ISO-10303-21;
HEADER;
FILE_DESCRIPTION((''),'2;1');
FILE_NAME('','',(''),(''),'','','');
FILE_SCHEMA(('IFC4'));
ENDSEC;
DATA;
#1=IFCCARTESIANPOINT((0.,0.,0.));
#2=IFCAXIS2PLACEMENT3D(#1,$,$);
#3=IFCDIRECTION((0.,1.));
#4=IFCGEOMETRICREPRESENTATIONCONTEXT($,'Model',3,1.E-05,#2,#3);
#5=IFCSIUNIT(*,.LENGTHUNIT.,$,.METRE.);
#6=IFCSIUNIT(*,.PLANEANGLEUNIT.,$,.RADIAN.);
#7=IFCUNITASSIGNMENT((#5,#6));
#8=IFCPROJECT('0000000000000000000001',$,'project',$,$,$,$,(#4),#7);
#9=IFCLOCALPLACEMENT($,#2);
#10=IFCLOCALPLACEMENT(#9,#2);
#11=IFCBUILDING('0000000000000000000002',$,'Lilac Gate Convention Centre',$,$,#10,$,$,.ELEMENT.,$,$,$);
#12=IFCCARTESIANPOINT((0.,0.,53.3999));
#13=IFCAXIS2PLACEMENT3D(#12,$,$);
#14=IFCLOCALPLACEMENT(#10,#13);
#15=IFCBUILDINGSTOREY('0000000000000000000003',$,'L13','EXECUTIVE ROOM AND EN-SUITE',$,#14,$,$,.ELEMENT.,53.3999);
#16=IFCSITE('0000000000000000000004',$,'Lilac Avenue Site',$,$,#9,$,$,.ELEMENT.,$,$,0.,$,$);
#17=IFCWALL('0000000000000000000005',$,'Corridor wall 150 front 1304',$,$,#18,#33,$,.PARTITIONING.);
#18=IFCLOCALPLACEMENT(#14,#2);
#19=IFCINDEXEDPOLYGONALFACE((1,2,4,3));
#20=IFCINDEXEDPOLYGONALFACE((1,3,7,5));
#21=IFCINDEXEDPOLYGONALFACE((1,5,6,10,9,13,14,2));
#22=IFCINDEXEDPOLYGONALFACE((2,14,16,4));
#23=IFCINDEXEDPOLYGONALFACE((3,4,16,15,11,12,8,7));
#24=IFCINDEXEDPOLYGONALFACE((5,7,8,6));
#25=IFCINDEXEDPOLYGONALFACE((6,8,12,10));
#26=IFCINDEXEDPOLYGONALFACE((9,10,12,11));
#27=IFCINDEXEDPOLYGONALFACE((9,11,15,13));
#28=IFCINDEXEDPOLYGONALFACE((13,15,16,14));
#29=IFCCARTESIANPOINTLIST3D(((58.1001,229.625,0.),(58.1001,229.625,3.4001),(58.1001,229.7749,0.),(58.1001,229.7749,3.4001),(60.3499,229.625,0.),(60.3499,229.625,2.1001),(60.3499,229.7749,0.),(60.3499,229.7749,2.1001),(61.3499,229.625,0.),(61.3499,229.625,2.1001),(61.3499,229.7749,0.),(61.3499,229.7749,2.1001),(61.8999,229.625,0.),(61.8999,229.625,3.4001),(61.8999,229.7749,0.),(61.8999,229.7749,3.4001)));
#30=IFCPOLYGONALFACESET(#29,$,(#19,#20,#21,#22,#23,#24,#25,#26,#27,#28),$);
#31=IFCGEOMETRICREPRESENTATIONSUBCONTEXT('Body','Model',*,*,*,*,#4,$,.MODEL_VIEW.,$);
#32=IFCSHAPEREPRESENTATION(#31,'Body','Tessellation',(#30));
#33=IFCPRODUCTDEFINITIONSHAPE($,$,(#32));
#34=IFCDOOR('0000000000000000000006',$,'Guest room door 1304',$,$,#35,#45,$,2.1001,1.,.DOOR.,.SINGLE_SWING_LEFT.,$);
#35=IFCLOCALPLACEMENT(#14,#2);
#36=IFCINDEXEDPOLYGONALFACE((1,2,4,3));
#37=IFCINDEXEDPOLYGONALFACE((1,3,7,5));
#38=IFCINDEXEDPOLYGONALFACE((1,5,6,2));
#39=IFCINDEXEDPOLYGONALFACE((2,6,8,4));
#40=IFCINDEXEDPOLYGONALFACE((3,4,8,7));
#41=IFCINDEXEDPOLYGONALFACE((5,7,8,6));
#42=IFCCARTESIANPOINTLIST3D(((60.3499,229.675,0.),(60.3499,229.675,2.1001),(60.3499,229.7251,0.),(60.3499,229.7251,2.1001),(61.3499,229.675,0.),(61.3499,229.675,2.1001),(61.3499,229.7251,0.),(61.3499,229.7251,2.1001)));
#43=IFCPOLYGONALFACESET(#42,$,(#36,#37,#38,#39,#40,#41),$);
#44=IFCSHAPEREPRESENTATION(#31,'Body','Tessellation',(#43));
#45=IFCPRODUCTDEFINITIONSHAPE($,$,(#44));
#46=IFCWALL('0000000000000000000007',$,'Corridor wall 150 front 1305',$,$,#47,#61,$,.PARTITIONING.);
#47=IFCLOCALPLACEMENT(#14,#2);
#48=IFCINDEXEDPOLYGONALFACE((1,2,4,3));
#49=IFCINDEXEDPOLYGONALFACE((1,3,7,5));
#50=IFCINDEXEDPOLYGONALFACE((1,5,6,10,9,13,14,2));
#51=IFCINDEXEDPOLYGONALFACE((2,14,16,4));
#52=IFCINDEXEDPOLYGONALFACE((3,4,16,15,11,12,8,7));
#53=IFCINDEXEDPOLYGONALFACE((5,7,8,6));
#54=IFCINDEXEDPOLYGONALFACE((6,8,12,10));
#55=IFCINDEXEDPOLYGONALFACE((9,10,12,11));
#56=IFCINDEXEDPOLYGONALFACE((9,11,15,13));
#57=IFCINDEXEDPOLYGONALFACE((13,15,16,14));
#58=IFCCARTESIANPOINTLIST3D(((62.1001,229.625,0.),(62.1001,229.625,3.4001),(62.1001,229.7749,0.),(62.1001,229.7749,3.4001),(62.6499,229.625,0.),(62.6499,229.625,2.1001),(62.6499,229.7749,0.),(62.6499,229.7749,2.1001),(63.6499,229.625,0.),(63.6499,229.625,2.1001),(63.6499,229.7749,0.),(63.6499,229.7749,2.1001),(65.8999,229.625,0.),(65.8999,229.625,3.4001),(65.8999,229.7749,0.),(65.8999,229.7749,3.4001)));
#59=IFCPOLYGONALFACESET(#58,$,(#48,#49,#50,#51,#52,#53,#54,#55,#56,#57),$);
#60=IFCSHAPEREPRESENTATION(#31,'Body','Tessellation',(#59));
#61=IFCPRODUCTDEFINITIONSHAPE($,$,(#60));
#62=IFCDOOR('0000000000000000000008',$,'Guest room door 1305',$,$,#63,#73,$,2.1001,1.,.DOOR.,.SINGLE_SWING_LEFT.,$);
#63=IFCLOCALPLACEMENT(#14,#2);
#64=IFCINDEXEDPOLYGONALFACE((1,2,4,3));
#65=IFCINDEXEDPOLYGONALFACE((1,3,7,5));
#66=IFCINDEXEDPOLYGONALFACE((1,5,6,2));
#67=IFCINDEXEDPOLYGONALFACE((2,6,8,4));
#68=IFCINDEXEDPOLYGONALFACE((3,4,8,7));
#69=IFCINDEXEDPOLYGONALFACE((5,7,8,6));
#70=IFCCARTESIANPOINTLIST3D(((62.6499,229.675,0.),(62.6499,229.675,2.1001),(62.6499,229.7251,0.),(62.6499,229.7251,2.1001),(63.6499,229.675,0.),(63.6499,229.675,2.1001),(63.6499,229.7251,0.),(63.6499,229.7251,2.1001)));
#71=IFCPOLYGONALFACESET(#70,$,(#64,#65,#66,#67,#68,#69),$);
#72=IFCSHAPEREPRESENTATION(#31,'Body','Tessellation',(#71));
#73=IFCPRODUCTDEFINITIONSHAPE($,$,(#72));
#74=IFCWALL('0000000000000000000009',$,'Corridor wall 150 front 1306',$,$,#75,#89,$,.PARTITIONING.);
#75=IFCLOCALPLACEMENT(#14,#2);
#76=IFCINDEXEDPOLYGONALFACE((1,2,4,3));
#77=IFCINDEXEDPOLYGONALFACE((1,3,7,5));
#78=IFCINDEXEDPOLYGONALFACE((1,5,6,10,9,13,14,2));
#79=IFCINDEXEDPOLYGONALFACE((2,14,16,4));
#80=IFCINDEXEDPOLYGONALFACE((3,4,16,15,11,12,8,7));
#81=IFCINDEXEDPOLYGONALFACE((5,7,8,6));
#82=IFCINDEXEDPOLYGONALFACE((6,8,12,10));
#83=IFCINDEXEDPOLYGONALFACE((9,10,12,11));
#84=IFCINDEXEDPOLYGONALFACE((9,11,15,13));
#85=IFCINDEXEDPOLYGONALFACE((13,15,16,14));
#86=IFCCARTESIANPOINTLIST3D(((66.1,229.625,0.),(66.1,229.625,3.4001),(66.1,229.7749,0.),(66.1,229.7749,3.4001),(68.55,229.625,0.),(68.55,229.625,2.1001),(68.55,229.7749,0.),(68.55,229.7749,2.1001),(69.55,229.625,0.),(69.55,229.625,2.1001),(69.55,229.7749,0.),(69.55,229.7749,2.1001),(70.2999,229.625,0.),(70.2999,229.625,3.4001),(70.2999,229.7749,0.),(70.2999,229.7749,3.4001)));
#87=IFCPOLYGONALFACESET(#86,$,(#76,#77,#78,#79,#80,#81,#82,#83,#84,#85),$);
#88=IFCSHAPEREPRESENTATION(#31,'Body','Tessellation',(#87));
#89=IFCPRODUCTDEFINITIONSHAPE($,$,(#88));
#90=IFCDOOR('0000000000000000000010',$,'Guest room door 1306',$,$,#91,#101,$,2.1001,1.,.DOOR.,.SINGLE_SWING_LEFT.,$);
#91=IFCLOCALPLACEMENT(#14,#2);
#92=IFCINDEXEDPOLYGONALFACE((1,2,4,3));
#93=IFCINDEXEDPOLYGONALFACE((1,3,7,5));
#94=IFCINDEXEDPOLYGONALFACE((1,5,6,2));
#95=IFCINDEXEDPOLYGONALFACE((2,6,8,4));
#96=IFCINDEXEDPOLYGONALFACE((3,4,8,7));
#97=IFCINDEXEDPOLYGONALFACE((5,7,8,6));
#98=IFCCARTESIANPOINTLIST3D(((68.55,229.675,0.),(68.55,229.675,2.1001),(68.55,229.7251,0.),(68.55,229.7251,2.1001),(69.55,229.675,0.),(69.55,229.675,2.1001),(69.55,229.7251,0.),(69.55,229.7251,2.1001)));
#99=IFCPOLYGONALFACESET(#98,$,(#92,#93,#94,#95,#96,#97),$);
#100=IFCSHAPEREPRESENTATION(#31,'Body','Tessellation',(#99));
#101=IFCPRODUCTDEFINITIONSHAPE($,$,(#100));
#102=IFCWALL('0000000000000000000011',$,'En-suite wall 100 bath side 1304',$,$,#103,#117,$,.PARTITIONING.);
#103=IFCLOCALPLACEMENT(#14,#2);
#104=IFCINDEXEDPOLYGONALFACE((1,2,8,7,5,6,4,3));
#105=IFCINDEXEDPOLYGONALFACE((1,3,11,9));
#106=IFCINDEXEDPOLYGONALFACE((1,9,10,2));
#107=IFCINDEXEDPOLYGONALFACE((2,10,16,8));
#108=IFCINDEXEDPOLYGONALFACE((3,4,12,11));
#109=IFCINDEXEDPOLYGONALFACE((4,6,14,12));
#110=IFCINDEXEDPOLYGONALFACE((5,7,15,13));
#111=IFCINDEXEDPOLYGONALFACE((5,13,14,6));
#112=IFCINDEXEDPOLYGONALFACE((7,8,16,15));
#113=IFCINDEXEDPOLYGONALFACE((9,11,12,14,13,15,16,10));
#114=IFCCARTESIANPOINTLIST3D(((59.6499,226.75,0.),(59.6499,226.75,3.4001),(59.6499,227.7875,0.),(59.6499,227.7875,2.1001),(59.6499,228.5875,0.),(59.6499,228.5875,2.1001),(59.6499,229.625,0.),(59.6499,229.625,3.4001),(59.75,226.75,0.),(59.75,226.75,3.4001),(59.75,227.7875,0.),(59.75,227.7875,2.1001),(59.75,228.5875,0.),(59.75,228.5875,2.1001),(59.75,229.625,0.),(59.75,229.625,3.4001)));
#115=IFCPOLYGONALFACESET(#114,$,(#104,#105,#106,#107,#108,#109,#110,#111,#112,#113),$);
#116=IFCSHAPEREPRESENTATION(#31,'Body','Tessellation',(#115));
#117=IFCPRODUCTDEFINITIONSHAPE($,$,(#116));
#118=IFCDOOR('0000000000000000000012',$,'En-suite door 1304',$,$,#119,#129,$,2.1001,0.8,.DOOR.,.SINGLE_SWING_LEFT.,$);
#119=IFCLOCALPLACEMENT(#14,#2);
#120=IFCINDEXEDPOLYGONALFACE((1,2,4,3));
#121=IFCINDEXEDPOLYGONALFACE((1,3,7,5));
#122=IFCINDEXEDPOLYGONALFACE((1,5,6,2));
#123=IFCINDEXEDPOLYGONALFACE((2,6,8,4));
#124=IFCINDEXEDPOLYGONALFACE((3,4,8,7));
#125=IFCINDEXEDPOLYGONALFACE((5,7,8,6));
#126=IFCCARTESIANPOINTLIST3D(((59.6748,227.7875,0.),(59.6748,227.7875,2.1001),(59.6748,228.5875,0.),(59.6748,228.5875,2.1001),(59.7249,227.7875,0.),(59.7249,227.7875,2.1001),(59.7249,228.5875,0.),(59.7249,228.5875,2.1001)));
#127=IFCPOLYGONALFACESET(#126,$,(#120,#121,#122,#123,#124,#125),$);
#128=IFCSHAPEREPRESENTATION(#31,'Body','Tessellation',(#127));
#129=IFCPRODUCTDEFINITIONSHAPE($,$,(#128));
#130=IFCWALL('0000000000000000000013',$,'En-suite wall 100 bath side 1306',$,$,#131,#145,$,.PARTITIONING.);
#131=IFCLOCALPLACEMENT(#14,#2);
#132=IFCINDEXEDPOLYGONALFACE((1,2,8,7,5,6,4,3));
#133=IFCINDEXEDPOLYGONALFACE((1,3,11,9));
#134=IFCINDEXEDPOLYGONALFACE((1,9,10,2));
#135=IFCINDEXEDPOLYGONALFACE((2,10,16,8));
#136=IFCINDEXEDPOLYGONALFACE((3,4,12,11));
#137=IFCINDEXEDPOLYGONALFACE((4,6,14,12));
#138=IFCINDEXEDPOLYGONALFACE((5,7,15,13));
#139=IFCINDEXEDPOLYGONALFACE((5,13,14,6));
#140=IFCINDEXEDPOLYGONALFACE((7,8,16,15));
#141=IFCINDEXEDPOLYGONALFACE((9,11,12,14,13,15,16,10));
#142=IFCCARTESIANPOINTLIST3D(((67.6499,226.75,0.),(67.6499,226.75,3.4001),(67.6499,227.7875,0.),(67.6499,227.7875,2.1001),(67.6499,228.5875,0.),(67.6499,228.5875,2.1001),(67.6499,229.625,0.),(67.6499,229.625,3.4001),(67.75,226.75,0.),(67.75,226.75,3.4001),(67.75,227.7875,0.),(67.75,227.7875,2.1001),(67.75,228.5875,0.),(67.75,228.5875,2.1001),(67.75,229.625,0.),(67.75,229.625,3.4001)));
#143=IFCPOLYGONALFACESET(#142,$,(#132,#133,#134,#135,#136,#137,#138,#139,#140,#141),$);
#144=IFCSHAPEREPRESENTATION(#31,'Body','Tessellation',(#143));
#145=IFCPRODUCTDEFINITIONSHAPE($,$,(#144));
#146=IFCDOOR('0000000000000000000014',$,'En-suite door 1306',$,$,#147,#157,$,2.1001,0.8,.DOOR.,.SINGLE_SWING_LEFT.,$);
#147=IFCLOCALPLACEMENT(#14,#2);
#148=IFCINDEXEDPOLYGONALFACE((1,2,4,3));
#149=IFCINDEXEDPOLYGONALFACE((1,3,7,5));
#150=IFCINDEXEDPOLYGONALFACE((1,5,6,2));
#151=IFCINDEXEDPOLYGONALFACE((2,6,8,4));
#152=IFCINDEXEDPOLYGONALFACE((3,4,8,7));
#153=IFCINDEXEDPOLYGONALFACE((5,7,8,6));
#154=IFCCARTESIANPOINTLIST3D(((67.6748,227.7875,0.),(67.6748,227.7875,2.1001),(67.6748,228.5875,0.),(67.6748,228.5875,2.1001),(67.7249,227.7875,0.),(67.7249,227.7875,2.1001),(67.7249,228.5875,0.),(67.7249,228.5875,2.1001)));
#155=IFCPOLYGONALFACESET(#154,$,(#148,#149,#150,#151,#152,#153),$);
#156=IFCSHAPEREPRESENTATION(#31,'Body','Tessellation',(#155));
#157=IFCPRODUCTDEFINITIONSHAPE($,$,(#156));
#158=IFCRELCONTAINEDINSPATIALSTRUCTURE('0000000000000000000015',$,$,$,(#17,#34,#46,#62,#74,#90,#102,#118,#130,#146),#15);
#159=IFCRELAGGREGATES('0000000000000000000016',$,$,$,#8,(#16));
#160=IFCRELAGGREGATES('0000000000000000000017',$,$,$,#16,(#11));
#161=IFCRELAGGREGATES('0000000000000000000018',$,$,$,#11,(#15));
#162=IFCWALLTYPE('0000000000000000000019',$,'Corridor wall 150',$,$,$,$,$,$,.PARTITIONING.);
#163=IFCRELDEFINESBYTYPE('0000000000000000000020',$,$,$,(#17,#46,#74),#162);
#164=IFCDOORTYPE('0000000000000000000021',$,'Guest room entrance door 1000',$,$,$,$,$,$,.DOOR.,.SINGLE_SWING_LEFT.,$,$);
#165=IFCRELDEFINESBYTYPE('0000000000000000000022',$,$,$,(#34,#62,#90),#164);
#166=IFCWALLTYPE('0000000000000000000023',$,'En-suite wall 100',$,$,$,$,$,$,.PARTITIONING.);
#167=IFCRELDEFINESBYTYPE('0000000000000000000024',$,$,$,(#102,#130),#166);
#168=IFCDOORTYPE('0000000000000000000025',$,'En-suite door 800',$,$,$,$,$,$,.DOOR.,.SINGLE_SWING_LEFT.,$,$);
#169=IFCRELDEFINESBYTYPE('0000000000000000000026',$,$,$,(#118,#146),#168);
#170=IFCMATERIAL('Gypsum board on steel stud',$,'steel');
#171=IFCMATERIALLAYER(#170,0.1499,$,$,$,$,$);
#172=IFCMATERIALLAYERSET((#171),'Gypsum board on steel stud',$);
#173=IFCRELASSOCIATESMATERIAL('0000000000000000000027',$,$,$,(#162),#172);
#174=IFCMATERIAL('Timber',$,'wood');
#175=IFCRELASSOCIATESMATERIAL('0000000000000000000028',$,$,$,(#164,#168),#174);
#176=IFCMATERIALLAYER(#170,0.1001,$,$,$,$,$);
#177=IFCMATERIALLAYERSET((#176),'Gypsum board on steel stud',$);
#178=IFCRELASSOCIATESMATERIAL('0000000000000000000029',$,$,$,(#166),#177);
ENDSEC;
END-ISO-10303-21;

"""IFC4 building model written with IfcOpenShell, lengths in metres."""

from ifc_helpers import new_model, si_unit, direction, frame, frame_2d, origin, place, context, subcontext, project, spatial, rectangle, extrude, material, layer, layer_set, type_object, element, fill, save


model = new_model("IFC4")

# Units and contexts
model_context = context("Model", 3, precision=1e-05, world=origin(), true_north=direction((0.0, 1.0)))
body_context = subcontext(model_context, "Body", "Model", "MODEL_VIEW")
ifc_project = project(units=[si_unit("LENGTHUNIT", "METRE"), si_unit("PLANEANGLEUNIT", "RADIAN")], contexts=[model_context])

# Site, building, storey
site_placement = place(None, origin())
site = spatial("IfcSite", under=ifc_project, at=site_placement, Name="Lilac Avenue Site", CompositionType="ELEMENT", RefElevation=0.0)
building_placement = place(site_placement, origin())
building = spatial("IfcBuilding", under=site, at=building_placement, Name="Lilac Gate Convention Centre", CompositionType="ELEMENT")
storey_placement = place(building_placement, frame((0.0, 0.0, 53.3999)))
storey = spatial("IfcBuildingStorey", under=building, at=storey_placement, Name="L13", Description="EXECUTIVE ROOM AND EN-SUITE", CompositionType="ELEMENT", Elevation=53.3999)

# Walls, openings, doors
ifc_material_1 = material(Name="Gypsum board on steel stud", Category="steel")
ifc_layer_1 = layer(ifc_material_1, 0.1499)
ifc_layer_set_1 = layer_set([ifc_layer_1], Name="Gypsum board on steel stud")
wall_type_1 = type_object("IfcWallType", Name="Corridor wall 150", PredefinedType="PARTITIONING", material=ifc_layer_set_1)
ifc_material_2 = material(Name="Timber", Category="wood")
door_type_1 = type_object("IfcDoorType", Name="Guest room entrance door 1000", OperationType="SINGLE_SWING_LEFT", PredefinedType="DOOR", material=ifc_material_2)
wall_1_placement = place(storey_placement, frame((61.8999, 229.7, 0.0), z_axis=(0.0, 0.0, 1.0), x_axis=(-1.0, 0.0, 0.0)))
wall_1 = element("IfcWall", 1, at=wall_1_placement, inside=storey, type_object=wall_type_1, Name="Corridor wall 150 front 1304", PredefinedType="PARTITIONING", context=body_context, shape_type="SweptSolid", body=[
    extrude(rectangle(XDim=3.7998, YDim=0.1499, at=frame_2d((1.8999, 0.0))), origin(), (0.0, 0.0, 1.0), 3.4001),
])
opening_1_placement = place(wall_1_placement, frame((0.55, 0.0, 0.0)))
opening_1 = element("IfcOpeningElement", 2, at=opening_1_placement, cuts=wall_1, PredefinedType="OPENING", context=body_context, shape_type="SweptSolid", body=[
    extrude(rectangle(XDim=1.0, YDim=2.1001, at=frame_2d((0.5, 1.05))), frame((0.0, 0.085, 0.0), z_axis=(0.0, -1.0, 0.0), x_axis=(1.0, 0.0, 0.0)), (0.0, 0.0, 1.0), 0.1699),
])
door_1_placement = place(opening_1_placement, origin())
door_1 = element("IfcDoor", 3, at=door_1_placement, inside=storey, type_object=door_type_1, Name="Guest room door 1304", OperationType="SINGLE_SWING_LEFT", OverallHeight=2.1001, OverallWidth=1.0, PredefinedType="DOOR", context=body_context, shape_type="SweptSolid", body=[
    extrude(rectangle(XDim=1.0, YDim=2.1001, at=frame_2d((0.5, 1.05))), frame((0.0, 0.0249, 0.0), z_axis=(0.0, -1.0, 0.0), x_axis=(1.0, 0.0, 0.0)), (0.0, 0.0, 1.0), 0.05),
])
fill(opening_1, door_1)
wall_2_placement = place(storey_placement, frame((65.8999, 229.7, 0.0), z_axis=(0.0, 0.0, 1.0), x_axis=(-1.0, 0.0, 0.0)))
wall_2 = element("IfcWall", 4, at=wall_2_placement, inside=storey, type_object=wall_type_1, Name="Corridor wall 150 front 1305", PredefinedType="PARTITIONING", context=body_context, shape_type="SweptSolid", body=[
    extrude(rectangle(XDim=3.7998, YDim=0.1499, at=frame_2d((1.8999, 0.0))), origin(), (0.0, 0.0, 1.0), 3.4001),
])
opening_2_placement = place(wall_2_placement, frame((2.25, 0.0, 0.0)))
opening_2 = element("IfcOpeningElement", 5, at=opening_2_placement, cuts=wall_2, PredefinedType="OPENING", context=body_context, shape_type="SweptSolid", body=[
    extrude(rectangle(XDim=1.0, YDim=2.1001, at=frame_2d((0.5, 1.05))), frame((0.0, 0.085, 0.0), z_axis=(0.0, -1.0, 0.0), x_axis=(1.0, 0.0, 0.0)), (0.0, 0.0, 1.0), 0.1699),
])
door_2_placement = place(opening_2_placement, origin())
door_2 = element("IfcDoor", 6, at=door_2_placement, inside=storey, type_object=door_type_1, Name="Guest room door 1305", OperationType="SINGLE_SWING_LEFT", OverallHeight=2.1001, OverallWidth=1.0, PredefinedType="DOOR", context=body_context, shape_type="SweptSolid", body=[
    extrude(rectangle(XDim=1.0, YDim=2.1001, at=frame_2d((0.5, 1.05))), frame((0.0, 0.0249, 0.0), z_axis=(0.0, -1.0, 0.0), x_axis=(1.0, 0.0, 0.0)), (0.0, 0.0, 1.0), 0.05),
])
fill(opening_2, door_2)
wall_3_placement = place(storey_placement, frame((70.3, 229.7, 0.0), z_axis=(0.0, 0.0, 1.0), x_axis=(-1.0, 0.0, 0.0)))
wall_3 = element("IfcWall", 7, at=wall_3_placement, inside=storey, type_object=wall_type_1, Name="Corridor wall 150 front 1306", PredefinedType="PARTITIONING", context=body_context, shape_type="SweptSolid", body=[
    extrude(rectangle(XDim=4.2, YDim=0.1499, at=frame_2d((2.1001, 0.0))), origin(), (0.0, 0.0, 1.0), 3.4001),
])
opening_3_placement = place(wall_3_placement, frame((0.75, 0.0, 0.0)))
opening_3 = element("IfcOpeningElement", 8, at=opening_3_placement, cuts=wall_3, PredefinedType="OPENING", context=body_context, shape_type="SweptSolid", body=[
    extrude(rectangle(XDim=1.0, YDim=2.1001, at=frame_2d((0.5, 1.05))), frame((0.0, 0.085, 0.0), z_axis=(0.0, -1.0, 0.0), x_axis=(1.0, 0.0, 0.0)), (0.0, 0.0, 1.0), 0.1699),
])
door_3_placement = place(opening_3_placement, origin())
door_3 = element("IfcDoor", 9, at=door_3_placement, inside=storey, type_object=door_type_1, Name="Guest room door 1306", OperationType="SINGLE_SWING_LEFT", OverallHeight=2.1001, OverallWidth=1.0, PredefinedType="DOOR", context=body_context, shape_type="SweptSolid", body=[
    extrude(rectangle(XDim=1.0, YDim=2.1001, at=frame_2d((0.5, 1.05))), frame((0.0, 0.0249, 0.0), z_axis=(0.0, -1.0, 0.0), x_axis=(1.0, 0.0, 0.0)), (0.0, 0.0, 1.0), 0.05),
])
fill(opening_3, door_3)
ifc_layer_2 = layer(ifc_material_1, 0.1001)
ifc_layer_set_2 = layer_set([ifc_layer_2], Name="Gypsum board on steel stud")
wall_type_2 = type_object("IfcWallType", Name="En-suite wall 100", PredefinedType="PARTITIONING", material=ifc_layer_set_2)
wall_4_placement = place(storey_placement, frame((59.7, 229.625, 0.0), z_axis=(0.0, 0.0, 1.0), x_axis=(0.0, -1.0, 0.0)))
wall_4 = element("IfcWall", 10, at=wall_4_placement, inside=storey, type_object=wall_type_2, Name="En-suite wall 100 bath side 1304", PredefinedType="PARTITIONING", context=body_context, shape_type="SweptSolid", body=[
    extrude(rectangle(XDim=2.875, YDim=0.1001, at=frame_2d((1.4375, 0.0))), origin(), (0.0, 0.0, 1.0), 3.4001),
])
opening_4_placement = place(wall_4_placement, frame((1.0376, 0.0, 0.0)))
opening_4 = element("IfcOpeningElement", 11, at=opening_4_placement, cuts=wall_4, PredefinedType="OPENING", context=body_context, shape_type="SweptSolid", body=[
    extrude(rectangle(XDim=0.8, YDim=2.1001, at=frame_2d((0.3999, 1.05))), frame((0.0, 0.0601, 0.0), z_axis=(0.0, -1.0, 0.0), x_axis=(1.0, 0.0, 0.0)), (0.0, 0.0, 1.0), 0.1201),
])
door_type_2 = type_object("IfcDoorType", Name="En-suite door 800", OperationType="SINGLE_SWING_LEFT", PredefinedType="DOOR", material=ifc_material_2)
door_4_placement = place(opening_4_placement, origin())
door_4 = element("IfcDoor", 12, at=door_4_placement, inside=storey, type_object=door_type_2, Name="En-suite door 1304", OperationType="SINGLE_SWING_LEFT", OverallHeight=2.1001, OverallWidth=0.8, PredefinedType="DOOR", context=body_context, shape_type="SweptSolid", body=[
    extrude(rectangle(XDim=0.8, YDim=2.1001, at=frame_2d((0.3999, 1.05))), frame((0.0, 0.0249, 0.0), z_axis=(0.0, -1.0, 0.0), x_axis=(1.0, 0.0, 0.0)), (0.0, 0.0, 1.0), 0.05),
])
fill(opening_4, door_4)
wall_5_placement = place(storey_placement, frame((67.7, 229.625, 0.0), z_axis=(0.0, 0.0, 1.0), x_axis=(0.0, -1.0, 0.0)))
wall_5 = element("IfcWall", 13, at=wall_5_placement, inside=storey, type_object=wall_type_2, Name="En-suite wall 100 bath side 1306", PredefinedType="PARTITIONING", context=body_context, shape_type="SweptSolid", body=[
    extrude(rectangle(XDim=2.875, YDim=0.1001, at=frame_2d((1.4375, 0.0))), origin(), (0.0, 0.0, 1.0), 3.4001),
])
opening_5_placement = place(wall_5_placement, frame((1.0376, 0.0, 0.0)))
opening_5 = element("IfcOpeningElement", 14, at=opening_5_placement, cuts=wall_5, PredefinedType="OPENING", context=body_context, shape_type="SweptSolid", body=[
    extrude(rectangle(XDim=0.8, YDim=2.1001, at=frame_2d((0.3999, 1.05))), frame((0.0, 0.0601, 0.0), z_axis=(0.0, -1.0, 0.0), x_axis=(1.0, 0.0, 0.0)), (0.0, 0.0, 1.0), 0.1201),
])
door_5_placement = place(opening_5_placement, origin())
door_5 = element("IfcDoor", 15, at=door_5_placement, inside=storey, type_object=door_type_2, Name="En-suite door 1306", OperationType="SINGLE_SWING_LEFT", OverallHeight=2.1001, OverallWidth=0.8, PredefinedType="DOOR", context=body_context, shape_type="SweptSolid", body=[
    extrude(rectangle(XDim=0.8, YDim=2.1001, at=frame_2d((0.3999, 1.05))), frame((0.0, 0.0249, 0.0), z_axis=(0.0, -1.0, 0.0), x_axis=(1.0, 0.0, 0.0)), (0.0, 0.0, 1.0), 0.05),
])
fill(opening_5, door_5)

save(model, "model.ifc")
